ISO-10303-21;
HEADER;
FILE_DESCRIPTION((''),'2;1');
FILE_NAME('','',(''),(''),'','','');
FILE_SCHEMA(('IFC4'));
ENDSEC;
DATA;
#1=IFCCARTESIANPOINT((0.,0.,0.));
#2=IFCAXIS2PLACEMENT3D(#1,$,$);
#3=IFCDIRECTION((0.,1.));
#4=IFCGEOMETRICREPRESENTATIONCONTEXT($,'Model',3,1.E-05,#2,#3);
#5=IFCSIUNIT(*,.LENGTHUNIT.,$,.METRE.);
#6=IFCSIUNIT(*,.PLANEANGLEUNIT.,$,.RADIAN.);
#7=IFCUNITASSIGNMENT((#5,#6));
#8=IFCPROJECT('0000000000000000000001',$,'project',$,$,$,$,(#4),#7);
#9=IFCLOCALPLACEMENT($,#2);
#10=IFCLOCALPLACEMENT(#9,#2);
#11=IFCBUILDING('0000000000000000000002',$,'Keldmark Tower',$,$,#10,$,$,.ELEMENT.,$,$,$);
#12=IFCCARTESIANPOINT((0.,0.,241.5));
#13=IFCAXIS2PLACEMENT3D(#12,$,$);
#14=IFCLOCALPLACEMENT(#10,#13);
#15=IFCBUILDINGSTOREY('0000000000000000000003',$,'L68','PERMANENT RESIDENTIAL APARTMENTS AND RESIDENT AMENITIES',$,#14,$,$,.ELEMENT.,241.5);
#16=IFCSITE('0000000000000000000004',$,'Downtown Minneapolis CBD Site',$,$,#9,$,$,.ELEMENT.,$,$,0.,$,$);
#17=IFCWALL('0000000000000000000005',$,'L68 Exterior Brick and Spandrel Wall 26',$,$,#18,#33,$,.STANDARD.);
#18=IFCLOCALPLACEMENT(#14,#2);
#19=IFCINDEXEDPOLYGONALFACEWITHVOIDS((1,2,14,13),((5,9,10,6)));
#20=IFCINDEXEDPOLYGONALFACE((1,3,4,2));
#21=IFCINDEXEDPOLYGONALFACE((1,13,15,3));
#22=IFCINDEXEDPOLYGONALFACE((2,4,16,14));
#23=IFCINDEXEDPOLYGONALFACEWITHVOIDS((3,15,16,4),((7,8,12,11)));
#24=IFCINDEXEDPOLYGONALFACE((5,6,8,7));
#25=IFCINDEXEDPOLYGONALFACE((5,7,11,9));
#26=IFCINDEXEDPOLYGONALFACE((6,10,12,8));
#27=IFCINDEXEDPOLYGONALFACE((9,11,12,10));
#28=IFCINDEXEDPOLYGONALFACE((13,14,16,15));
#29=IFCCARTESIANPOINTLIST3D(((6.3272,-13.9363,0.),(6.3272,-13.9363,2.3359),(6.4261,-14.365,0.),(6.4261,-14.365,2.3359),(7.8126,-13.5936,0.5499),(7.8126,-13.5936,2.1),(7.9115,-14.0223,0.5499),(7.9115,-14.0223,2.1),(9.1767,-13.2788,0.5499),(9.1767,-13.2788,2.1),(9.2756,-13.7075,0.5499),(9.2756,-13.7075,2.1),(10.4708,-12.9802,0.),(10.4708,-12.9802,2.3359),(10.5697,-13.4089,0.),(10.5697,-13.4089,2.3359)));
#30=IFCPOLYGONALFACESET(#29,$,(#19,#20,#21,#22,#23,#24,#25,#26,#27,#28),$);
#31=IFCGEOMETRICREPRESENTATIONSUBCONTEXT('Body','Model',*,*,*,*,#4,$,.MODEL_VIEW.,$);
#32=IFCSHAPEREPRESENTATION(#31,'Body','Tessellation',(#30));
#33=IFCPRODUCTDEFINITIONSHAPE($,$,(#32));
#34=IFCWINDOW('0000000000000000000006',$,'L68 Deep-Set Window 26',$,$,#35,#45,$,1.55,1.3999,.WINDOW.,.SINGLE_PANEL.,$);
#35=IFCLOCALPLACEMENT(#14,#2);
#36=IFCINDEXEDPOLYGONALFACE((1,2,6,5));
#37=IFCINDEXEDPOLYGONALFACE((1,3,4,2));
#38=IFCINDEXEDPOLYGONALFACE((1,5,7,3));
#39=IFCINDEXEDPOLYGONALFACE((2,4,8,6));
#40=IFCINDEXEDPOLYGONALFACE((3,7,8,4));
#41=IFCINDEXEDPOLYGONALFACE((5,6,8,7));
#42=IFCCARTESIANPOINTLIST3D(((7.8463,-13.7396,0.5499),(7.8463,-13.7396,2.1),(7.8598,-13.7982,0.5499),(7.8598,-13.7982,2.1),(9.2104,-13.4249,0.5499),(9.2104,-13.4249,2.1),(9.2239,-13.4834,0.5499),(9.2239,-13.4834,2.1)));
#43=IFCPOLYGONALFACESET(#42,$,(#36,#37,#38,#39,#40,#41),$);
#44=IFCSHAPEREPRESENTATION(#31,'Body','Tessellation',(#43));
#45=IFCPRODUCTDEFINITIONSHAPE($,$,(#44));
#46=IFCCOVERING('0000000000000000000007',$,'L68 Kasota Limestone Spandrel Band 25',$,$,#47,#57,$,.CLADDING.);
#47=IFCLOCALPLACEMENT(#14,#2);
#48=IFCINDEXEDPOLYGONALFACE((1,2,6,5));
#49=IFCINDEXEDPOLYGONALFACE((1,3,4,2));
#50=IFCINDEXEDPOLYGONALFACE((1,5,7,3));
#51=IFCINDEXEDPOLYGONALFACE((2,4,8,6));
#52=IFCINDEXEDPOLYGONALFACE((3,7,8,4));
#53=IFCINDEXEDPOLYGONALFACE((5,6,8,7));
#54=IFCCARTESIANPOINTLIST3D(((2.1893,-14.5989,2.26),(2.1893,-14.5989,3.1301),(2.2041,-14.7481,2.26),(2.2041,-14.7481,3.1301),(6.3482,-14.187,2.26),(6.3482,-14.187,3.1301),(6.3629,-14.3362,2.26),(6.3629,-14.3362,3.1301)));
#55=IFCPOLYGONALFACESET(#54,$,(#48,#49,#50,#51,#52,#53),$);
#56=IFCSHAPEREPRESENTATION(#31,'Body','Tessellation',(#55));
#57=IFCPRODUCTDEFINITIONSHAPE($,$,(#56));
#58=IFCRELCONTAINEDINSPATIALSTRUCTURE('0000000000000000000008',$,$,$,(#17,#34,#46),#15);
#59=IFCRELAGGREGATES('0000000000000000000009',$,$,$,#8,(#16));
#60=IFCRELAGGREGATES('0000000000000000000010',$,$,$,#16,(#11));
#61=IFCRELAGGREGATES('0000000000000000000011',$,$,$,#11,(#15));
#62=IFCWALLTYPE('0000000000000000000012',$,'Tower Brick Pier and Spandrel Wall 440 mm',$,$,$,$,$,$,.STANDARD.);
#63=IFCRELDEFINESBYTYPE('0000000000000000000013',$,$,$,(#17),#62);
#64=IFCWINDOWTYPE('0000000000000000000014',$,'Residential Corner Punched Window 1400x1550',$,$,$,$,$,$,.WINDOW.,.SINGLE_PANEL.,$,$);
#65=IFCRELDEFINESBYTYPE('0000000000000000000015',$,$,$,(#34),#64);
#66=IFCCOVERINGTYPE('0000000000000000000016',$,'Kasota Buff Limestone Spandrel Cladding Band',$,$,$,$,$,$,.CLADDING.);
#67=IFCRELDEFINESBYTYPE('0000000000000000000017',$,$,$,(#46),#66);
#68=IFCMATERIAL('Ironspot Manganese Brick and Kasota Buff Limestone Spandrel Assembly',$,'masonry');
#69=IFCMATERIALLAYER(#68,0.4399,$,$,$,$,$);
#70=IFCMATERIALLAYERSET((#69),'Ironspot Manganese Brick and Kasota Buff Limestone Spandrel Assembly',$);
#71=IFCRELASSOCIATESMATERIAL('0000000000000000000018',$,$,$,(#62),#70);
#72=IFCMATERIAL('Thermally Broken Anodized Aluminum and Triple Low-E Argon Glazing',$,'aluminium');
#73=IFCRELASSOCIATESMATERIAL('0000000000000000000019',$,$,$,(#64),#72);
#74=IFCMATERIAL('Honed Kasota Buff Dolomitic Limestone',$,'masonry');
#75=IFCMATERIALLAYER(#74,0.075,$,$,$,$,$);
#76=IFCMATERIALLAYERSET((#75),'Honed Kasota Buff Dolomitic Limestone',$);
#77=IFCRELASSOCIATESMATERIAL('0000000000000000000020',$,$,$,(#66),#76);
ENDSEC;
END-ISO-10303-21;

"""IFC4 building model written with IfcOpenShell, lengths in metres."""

from ifc_helpers import new_model, si_unit, direction, frame, frame_2d, origin, origin_2d, place, context, subcontext, project, spatial, rectangle, extrude, material, layer, layer_set, type_object, element, fill, save


model = new_model("IFC4")

# Units and contexts
model_context = context("Model", 3, precision=1e-05, world=origin(), true_north=direction((0.0, 1.0)))
body_context = subcontext(model_context, "Body", "Model", "MODEL_VIEW")
ifc_project = project(units=[si_unit("LENGTHUNIT", "METRE"), si_unit("PLANEANGLEUNIT", "RADIAN")], contexts=[model_context])

# Site, building, storey
site_placement = place(None, origin())
site = spatial("IfcSite", under=ifc_project, at=site_placement, Name="Downtown Minneapolis CBD Site", CompositionType="ELEMENT", RefElevation=0.0)
building_placement = place(site_placement, origin())
building = spatial("IfcBuilding", under=site, at=building_placement, Name="Keldmark Tower", CompositionType="ELEMENT")
storey_placement = place(building_placement, frame((0.0, 0.0, 241.5)))
storey = spatial("IfcBuildingStorey", under=building, at=storey_placement, Name="L68", Description="PERMANENT RESIDENTIAL APARTMENTS AND RESIDENT AMENITIES", CompositionType="ELEMENT", Elevation=241.5)

# Wall, opening, window
ifc_material_1 = material(Name="Ironspot Manganese Brick and Kasota Buff Limestone Spandrel Assembly", Category="masonry")
ifc_layer_1 = layer(ifc_material_1, 0.4399)
ifc_layer_set_1 = layer_set([ifc_layer_1], Name="Ironspot Manganese Brick and Kasota Buff Limestone Spandrel Assembly")
wall_type_1 = type_object("IfcWallType", Name="Tower Brick Pier and Spandrel Wall 440 mm", PredefinedType="STANDARD", material=ifc_layer_set_1)
wall_1_placement = place(storey_placement, frame((10.5203, -13.1946, 0.0), z_axis=(0.0, 0.0, 1.0), x_axis=(-0.974399, -0.224826, 0.0)))
wall_1 = element("IfcWall", 1, at=wall_1_placement, inside=storey, type_object=wall_type_1, Name="L68 Exterior Brick and Spandrel Wall 26", PredefinedType="STANDARD", context=body_context, shape_type="SweptSolid", body=[
    extrude(rectangle(XDim=4.2524, YDim=0.4399, at=frame_2d((2.1262, 0.0))), origin(), (0.0, 0.0, 1.0), 2.3359),
])
opening_1_placement = place(wall_1_placement, frame((1.3281, 0.0, 0.55)))
opening_1 = element("IfcOpeningElement", 2, at=opening_1_placement, cuts=wall_1, PredefinedType="OPENING", context=body_context, shape_type="SweptSolid", body=[
    extrude(rectangle(XDim=1.3999, YDim=1.55, at=frame_2d((0.7, 0.7749))), frame((0.0, 0.23, 0.0), z_axis=(0.0, -1.0, 0.0), x_axis=(1.0, 0.0, 0.0)), (0.0, 0.0, 1.0), 0.46),
])
ifc_material_2 = material(Name="Thermally Broken Anodized Aluminum and Triple Low-E Argon Glazing", Category="aluminium")
window_type_1 = type_object("IfcWindowType", Name="Residential Corner Punched Window 1400x1550", PartitioningType="SINGLE_PANEL", PredefinedType="WINDOW", material=ifc_material_2)
window_1_placement = place(opening_1_placement, origin())
window_1 = element("IfcWindow", 3, at=window_1_placement, inside=storey, type_object=window_type_1, Name="L68 Deep-Set Window 26", OverallHeight=1.55, OverallWidth=1.3999, PartitioningType="SINGLE_PANEL", PredefinedType="WINDOW", context=body_context, shape_type="SweptSolid", body=[
    extrude(rectangle(XDim=1.3999, YDim=1.55, at=frame_2d((0.7, 0.7749))), frame((0.0, -0.01, 0.0), z_axis=(0.0, -1.0, 0.0), x_axis=(1.0, 0.0, 0.0)), (0.0, 0.0, 1.0), 0.0601),
])
fill(opening_1, window_1)

# Covering
ifc_material_3 = material(Name="Honed Kasota Buff Dolomitic Limestone", Category="masonry")
ifc_layer_2 = layer(ifc_material_3, 0.075)
ifc_layer_set_2 = layer_set([ifc_layer_2], Name="Honed Kasota Buff Dolomitic Limestone")
covering_type = type_object("IfcCoveringType", Name="Kasota Buff Limestone Spandrel Cladding Band", PredefinedType="CLADDING", material=ifc_layer_set_2)
covering_placement = place(storey_placement, frame((4.2761, -14.4675, 2.26), z_axis=(0.0, 0.0, 1.0), x_axis=(0.995132, 0.098556, 0.0)))
element("IfcCovering", 4, at=covering_placement, inside=storey, type_object=covering_type, Name="L68 Kasota Limestone Spandrel Band 25", PredefinedType="CLADDING", context=body_context, shape_type="SweptSolid", body=[
    extrude(rectangle(XDim=4.1792, YDim=0.1499, at=origin_2d()), origin(), (0.0, 0.0, 1.0), 0.8701),
])

save(model, "model.ifc")
